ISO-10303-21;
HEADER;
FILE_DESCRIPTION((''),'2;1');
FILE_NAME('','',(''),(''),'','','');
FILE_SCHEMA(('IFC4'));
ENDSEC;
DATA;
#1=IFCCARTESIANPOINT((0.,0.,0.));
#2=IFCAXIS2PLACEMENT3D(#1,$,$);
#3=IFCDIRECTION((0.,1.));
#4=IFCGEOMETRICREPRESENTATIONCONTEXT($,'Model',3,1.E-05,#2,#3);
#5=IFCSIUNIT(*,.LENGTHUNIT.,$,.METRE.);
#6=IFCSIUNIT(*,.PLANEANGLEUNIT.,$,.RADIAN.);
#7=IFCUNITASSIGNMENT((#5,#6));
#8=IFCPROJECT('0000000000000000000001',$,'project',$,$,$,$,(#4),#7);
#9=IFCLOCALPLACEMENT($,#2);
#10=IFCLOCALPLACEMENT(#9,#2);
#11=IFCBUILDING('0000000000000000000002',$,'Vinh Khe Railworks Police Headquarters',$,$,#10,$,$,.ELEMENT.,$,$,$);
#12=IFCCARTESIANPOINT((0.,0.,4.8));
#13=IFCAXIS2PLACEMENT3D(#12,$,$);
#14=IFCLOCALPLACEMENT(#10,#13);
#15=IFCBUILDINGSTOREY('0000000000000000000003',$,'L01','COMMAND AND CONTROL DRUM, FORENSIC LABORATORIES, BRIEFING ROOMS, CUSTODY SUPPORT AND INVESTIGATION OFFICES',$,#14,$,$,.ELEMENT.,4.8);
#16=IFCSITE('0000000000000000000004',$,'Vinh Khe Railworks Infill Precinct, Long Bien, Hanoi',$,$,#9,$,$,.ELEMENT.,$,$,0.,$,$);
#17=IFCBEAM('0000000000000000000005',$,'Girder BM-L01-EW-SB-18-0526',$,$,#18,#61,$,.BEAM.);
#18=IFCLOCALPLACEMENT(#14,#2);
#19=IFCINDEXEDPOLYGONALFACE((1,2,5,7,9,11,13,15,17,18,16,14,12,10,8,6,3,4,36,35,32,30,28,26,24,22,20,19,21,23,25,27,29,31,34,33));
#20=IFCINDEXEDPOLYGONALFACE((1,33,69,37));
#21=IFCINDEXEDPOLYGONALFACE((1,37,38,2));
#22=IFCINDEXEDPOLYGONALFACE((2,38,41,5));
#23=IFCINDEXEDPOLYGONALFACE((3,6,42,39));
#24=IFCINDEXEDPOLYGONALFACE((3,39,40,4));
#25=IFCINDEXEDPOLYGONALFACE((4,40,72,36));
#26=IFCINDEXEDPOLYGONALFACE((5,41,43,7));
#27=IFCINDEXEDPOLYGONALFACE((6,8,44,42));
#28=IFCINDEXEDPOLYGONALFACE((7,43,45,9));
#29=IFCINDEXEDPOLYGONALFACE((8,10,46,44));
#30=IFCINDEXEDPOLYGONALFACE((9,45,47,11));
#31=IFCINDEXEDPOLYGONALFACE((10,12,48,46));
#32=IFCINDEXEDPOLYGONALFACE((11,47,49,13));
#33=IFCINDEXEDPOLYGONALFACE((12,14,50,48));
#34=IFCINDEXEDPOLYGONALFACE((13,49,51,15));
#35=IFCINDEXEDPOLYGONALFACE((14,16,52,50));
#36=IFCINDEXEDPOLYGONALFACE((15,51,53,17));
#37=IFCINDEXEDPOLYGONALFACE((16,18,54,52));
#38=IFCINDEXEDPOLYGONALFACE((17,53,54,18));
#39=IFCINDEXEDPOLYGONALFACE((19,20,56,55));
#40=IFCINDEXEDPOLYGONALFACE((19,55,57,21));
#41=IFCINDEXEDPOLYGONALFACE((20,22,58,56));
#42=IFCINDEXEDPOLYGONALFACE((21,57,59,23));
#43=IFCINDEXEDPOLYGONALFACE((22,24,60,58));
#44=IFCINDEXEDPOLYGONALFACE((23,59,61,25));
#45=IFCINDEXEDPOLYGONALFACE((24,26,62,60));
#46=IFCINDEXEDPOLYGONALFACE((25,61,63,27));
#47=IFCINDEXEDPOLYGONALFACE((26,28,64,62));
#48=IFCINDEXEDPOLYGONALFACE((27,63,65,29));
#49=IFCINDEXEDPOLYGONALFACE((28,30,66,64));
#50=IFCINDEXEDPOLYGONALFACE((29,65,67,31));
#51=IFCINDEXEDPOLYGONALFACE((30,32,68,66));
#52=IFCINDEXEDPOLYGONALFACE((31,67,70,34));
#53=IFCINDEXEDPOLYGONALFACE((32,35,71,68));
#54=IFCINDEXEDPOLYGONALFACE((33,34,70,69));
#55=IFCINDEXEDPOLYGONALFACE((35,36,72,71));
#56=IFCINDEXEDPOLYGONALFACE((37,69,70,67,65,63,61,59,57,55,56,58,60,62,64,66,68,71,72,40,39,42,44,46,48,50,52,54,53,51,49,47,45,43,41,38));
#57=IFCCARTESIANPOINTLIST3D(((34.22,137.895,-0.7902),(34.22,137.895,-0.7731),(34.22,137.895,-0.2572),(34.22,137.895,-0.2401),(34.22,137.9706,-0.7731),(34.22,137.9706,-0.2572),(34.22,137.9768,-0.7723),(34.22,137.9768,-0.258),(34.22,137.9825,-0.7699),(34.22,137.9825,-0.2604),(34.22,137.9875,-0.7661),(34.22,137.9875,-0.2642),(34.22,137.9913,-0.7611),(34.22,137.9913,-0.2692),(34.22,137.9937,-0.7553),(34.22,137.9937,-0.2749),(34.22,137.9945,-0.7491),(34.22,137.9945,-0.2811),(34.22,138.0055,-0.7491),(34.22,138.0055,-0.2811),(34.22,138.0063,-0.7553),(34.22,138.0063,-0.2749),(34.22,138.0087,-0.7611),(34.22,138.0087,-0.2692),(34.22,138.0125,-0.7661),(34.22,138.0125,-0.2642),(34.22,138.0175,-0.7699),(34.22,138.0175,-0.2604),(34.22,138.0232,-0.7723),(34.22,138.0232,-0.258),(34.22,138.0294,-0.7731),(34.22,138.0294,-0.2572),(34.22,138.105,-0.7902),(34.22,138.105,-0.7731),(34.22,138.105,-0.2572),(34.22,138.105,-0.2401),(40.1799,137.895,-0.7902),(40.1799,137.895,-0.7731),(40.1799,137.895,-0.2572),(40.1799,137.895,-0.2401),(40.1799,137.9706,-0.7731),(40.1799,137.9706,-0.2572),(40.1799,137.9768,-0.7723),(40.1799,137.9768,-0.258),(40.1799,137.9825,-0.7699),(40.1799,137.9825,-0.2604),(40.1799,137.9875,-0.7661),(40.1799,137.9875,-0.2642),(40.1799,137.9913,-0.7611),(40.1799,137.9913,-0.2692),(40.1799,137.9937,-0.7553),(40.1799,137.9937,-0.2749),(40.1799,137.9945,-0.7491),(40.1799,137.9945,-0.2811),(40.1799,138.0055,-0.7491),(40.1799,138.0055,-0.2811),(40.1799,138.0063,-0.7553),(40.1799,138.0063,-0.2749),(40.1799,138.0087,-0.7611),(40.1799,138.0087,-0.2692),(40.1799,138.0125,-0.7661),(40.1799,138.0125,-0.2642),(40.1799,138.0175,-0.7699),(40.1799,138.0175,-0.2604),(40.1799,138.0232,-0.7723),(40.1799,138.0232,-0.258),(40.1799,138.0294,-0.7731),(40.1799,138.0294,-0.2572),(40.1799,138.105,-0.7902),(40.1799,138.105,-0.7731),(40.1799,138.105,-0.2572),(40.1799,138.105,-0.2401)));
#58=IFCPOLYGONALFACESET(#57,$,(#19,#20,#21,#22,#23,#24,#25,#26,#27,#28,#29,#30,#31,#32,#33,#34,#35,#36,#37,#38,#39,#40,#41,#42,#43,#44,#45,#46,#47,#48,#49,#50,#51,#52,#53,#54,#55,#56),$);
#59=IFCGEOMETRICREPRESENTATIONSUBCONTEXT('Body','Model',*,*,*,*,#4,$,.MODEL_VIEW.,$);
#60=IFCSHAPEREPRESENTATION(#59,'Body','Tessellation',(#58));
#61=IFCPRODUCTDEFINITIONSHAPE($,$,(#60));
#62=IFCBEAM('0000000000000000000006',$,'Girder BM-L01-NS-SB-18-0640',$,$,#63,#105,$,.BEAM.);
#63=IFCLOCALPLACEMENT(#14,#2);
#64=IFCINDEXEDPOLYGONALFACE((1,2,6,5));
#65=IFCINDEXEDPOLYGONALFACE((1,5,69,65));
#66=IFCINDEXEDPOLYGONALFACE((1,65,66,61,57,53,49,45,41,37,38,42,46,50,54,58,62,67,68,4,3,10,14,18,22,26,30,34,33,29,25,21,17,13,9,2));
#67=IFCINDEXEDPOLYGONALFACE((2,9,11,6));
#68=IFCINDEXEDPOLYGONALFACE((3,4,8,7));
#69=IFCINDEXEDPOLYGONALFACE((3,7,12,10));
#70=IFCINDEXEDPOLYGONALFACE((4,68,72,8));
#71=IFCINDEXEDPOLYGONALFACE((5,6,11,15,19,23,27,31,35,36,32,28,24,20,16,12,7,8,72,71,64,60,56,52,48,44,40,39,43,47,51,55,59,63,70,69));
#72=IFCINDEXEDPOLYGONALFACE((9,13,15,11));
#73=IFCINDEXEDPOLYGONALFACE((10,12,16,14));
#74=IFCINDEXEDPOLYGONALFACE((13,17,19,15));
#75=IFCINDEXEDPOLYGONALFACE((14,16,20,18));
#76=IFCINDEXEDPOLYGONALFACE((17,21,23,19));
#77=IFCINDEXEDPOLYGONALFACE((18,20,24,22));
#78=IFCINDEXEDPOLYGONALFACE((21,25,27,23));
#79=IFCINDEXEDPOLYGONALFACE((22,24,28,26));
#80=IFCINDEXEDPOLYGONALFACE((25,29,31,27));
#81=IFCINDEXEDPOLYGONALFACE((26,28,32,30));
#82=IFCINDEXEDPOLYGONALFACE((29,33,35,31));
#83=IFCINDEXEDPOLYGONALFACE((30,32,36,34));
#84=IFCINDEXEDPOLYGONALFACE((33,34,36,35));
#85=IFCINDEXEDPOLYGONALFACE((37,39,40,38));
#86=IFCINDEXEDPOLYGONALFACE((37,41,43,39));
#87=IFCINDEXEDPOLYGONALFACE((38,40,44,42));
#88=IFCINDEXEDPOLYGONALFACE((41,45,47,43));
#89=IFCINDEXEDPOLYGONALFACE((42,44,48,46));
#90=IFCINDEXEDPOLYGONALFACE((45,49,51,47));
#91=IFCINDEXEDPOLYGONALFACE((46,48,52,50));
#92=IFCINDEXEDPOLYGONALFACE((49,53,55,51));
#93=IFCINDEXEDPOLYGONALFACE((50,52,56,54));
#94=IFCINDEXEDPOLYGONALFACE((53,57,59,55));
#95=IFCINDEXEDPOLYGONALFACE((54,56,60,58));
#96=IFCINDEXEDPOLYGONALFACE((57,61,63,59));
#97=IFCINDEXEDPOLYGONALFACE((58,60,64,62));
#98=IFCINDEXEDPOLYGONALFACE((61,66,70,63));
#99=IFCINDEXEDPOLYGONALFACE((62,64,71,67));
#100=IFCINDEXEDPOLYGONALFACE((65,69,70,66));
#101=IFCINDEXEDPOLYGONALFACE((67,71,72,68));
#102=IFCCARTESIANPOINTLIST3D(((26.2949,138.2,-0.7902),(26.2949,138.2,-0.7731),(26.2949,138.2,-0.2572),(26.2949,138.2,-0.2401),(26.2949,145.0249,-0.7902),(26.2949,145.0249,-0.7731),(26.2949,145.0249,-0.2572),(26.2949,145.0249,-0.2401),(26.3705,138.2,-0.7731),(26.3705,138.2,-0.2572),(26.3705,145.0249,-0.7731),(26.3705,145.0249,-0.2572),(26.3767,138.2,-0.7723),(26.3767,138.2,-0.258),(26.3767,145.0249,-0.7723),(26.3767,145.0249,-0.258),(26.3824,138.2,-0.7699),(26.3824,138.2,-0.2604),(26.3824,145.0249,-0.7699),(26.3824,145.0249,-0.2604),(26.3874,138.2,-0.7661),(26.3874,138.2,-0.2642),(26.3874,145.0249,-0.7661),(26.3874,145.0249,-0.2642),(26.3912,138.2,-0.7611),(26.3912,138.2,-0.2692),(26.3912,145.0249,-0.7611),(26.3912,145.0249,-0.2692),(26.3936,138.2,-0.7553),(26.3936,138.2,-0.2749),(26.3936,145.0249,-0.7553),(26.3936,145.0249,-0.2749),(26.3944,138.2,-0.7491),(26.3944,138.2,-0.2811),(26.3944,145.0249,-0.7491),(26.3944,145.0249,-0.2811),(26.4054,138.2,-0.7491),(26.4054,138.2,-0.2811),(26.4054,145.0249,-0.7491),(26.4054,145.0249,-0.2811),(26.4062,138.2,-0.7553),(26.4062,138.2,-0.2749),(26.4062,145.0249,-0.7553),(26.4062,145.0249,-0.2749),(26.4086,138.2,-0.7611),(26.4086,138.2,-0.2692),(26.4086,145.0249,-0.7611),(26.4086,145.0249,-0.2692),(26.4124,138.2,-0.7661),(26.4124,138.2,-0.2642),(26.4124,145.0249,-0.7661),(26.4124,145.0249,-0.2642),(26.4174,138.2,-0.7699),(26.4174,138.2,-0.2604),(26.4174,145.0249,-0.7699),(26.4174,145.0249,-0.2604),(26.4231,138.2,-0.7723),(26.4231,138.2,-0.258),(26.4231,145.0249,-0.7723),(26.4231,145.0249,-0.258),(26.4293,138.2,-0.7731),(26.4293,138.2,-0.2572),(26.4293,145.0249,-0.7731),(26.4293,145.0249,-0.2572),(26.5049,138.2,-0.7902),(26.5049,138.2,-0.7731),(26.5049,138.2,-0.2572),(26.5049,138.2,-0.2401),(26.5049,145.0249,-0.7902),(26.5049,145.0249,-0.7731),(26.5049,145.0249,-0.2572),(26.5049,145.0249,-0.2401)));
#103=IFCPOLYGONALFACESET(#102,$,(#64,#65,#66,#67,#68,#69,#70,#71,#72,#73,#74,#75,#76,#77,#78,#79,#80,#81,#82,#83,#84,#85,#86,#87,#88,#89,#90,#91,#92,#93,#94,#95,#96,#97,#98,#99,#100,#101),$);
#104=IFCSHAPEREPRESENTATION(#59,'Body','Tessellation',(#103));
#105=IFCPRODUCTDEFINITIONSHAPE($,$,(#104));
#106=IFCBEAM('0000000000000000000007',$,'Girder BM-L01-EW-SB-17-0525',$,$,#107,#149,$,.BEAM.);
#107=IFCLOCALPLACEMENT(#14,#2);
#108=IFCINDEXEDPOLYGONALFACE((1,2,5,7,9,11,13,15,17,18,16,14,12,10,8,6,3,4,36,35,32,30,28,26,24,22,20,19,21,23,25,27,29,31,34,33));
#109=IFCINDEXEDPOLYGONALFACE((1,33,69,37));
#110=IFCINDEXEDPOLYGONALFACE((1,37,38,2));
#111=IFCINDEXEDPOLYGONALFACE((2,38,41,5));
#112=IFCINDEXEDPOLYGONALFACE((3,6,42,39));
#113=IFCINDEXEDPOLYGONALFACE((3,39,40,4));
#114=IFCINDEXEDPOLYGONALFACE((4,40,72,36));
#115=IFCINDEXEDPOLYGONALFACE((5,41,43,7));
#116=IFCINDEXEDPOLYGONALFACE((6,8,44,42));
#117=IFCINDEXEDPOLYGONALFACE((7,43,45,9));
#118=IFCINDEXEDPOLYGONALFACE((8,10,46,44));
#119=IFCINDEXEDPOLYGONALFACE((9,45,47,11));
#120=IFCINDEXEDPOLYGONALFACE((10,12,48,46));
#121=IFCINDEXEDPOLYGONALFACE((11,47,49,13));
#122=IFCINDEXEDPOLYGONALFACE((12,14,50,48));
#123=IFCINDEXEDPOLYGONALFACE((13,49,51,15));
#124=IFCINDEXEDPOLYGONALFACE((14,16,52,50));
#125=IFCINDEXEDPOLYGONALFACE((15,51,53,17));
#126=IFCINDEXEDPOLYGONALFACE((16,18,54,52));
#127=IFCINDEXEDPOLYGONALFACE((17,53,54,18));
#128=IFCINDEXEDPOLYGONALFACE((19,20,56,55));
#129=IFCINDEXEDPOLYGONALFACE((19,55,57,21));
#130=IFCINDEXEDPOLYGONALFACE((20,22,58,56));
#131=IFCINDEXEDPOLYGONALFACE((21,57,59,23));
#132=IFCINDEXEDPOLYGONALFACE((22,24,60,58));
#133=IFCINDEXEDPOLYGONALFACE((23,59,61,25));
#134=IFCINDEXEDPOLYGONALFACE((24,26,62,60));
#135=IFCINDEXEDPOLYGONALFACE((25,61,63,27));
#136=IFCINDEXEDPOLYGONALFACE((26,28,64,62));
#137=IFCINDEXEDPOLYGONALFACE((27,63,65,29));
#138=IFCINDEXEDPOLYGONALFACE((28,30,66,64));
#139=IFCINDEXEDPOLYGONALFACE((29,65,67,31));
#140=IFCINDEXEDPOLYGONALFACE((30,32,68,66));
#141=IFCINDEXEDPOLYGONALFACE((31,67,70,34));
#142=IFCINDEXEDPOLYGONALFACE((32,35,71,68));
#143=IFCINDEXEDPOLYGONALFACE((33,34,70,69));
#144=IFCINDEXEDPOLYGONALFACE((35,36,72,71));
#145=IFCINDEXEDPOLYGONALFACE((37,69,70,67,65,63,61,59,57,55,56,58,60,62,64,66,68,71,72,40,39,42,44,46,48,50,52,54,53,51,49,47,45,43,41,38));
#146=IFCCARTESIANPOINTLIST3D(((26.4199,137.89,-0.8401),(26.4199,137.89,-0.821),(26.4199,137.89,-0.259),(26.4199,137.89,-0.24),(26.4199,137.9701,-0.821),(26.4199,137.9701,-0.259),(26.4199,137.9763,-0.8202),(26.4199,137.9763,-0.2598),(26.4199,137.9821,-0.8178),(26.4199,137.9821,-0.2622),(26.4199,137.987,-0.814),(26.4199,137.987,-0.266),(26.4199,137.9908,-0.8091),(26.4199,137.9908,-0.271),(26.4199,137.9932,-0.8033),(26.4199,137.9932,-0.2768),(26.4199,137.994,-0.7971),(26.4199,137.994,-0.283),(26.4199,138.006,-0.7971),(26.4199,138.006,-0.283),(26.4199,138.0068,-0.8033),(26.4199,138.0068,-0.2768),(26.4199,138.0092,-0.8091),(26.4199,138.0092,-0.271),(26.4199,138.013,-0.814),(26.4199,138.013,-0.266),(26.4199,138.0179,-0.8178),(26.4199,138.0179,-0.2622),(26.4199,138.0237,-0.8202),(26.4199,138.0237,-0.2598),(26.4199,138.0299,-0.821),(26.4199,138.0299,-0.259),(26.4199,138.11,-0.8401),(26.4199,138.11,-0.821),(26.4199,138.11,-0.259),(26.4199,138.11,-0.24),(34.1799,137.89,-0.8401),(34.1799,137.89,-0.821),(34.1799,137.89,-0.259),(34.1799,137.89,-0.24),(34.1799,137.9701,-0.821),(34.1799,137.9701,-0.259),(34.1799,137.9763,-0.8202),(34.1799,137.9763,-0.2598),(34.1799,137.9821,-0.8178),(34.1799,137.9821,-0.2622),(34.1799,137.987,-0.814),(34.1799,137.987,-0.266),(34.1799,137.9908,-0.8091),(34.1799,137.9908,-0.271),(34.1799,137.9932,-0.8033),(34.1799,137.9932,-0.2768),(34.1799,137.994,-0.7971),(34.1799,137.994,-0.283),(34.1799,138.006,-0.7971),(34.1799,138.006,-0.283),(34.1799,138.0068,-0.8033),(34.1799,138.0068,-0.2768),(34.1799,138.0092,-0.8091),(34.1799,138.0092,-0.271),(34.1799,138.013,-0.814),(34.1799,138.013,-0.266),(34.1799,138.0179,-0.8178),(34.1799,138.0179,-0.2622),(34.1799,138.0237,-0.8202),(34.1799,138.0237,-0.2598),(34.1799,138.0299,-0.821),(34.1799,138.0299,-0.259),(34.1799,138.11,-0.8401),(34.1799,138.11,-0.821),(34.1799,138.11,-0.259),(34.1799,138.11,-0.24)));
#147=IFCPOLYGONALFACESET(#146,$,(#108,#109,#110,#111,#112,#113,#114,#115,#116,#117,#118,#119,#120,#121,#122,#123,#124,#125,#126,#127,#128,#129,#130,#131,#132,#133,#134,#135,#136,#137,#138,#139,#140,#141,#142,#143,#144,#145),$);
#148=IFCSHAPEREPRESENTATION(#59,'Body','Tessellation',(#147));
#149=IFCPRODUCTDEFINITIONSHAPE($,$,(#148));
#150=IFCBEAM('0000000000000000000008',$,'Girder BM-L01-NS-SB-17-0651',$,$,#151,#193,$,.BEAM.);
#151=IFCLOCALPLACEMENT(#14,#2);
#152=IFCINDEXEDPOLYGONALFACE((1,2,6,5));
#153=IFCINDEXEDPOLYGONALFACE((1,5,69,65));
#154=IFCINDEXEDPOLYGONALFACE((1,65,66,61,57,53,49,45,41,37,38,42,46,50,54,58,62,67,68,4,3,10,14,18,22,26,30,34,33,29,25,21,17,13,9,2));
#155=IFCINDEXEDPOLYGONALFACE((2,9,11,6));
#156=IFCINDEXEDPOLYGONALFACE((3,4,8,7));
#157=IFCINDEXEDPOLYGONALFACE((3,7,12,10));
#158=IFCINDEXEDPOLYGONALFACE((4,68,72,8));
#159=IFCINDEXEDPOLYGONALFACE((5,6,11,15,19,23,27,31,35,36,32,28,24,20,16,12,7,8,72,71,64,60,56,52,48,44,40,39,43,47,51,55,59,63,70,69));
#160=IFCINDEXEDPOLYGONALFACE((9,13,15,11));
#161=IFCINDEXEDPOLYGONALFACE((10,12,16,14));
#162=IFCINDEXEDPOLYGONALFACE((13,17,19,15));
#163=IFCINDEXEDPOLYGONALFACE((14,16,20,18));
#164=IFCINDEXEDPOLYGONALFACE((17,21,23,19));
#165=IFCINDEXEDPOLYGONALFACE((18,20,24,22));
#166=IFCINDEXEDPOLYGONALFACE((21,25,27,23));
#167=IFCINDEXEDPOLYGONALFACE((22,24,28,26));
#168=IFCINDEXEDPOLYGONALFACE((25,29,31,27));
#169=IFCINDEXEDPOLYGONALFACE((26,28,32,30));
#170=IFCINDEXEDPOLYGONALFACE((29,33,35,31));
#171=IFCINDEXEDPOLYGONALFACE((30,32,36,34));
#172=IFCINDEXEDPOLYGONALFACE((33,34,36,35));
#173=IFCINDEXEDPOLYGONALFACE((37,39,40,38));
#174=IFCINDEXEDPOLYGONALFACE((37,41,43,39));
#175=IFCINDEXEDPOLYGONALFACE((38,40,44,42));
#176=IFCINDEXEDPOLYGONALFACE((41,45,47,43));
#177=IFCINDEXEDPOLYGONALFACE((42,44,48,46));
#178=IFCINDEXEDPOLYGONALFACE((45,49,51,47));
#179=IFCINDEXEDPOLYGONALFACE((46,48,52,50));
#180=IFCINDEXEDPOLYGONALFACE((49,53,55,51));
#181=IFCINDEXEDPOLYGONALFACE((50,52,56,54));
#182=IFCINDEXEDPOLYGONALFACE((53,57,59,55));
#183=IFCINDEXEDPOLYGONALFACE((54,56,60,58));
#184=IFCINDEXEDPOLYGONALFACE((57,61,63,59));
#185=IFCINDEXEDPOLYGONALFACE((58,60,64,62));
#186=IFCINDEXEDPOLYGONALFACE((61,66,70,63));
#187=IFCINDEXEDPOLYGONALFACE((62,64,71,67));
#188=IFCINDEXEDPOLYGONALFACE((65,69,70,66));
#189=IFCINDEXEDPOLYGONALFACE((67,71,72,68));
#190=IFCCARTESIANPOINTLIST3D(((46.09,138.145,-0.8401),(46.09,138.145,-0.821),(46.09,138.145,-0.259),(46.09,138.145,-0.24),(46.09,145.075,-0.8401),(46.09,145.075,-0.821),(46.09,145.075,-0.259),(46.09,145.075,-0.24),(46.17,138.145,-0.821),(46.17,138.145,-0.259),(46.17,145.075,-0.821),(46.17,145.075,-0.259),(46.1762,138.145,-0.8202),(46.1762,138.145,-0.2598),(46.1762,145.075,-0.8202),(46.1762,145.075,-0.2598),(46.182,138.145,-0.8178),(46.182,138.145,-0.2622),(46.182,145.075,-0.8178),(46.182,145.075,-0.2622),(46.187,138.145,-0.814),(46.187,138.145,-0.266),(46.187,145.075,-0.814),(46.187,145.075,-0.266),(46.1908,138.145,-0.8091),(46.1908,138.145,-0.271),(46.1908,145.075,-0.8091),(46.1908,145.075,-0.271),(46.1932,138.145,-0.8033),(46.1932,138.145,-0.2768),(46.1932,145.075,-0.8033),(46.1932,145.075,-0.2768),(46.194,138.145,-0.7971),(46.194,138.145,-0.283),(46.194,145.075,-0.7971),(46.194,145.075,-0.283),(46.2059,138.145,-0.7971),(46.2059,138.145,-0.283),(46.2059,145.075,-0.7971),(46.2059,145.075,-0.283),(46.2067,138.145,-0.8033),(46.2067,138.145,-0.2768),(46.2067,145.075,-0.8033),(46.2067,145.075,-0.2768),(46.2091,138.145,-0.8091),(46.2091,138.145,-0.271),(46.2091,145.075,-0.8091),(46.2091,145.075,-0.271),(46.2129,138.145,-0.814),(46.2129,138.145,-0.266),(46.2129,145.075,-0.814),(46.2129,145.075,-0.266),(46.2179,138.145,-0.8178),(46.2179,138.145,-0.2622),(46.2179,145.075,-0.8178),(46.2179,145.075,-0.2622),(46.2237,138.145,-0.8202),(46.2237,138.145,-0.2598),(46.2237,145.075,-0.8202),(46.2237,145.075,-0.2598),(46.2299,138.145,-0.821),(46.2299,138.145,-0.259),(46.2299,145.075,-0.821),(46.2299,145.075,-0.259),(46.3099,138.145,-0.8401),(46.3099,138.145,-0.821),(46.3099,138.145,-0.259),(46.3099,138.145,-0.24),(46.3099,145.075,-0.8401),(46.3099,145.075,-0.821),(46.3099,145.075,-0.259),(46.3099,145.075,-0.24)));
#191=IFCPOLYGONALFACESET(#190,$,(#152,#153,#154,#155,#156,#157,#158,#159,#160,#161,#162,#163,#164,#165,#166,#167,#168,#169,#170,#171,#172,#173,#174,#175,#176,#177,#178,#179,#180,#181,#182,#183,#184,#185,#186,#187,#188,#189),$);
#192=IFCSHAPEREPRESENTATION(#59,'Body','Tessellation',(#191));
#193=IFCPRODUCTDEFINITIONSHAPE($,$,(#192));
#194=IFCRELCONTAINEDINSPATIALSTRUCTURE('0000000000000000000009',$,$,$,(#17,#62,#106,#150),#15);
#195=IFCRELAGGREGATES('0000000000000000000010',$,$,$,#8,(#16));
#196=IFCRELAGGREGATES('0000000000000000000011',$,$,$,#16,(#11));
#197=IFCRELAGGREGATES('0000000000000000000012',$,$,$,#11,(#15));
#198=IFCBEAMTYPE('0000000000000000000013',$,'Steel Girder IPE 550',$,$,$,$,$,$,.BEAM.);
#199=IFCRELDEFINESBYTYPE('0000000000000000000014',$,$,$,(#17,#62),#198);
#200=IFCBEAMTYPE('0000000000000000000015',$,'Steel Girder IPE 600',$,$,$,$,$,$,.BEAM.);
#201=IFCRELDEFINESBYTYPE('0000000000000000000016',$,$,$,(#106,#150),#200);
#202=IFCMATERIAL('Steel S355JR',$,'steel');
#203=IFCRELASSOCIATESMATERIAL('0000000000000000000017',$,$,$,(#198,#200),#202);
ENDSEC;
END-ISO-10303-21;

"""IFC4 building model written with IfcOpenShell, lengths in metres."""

from ifc_helpers import new_model, si_unit, direction, frame, origin, origin_2d, place, context, subcontext, project, spatial, i_section, extrude, material, material_profile, profile_set, type_object, element, save


model = new_model("IFC4")

# Units and contexts
model_context = context("Model", 3, precision=1e-05, world=origin(), true_north=direction((0.0, 1.0)))
body_context = subcontext(model_context, "Body", "Model", "MODEL_VIEW")
ifc_project = project(units=[si_unit("LENGTHUNIT", "METRE"), si_unit("PLANEANGLEUNIT", "RADIAN")], contexts=[model_context])

# Site, building, storey
site_placement = place(None, origin())
site = spatial("IfcSite", under=ifc_project, at=site_placement, Name="Vinh Khe Railworks Infill Precinct, Long Bien, Hanoi", CompositionType="ELEMENT", RefElevation=0.0)
building_placement = place(site_placement, origin())
building = spatial("IfcBuilding", under=site, at=building_placement, Name="Vinh Khe Railworks Police Headquarters", CompositionType="ELEMENT")
storey_placement = place(building_placement, frame((0.0, 0.0, 4.8)))
storey = spatial("IfcBuildingStorey", under=building, at=storey_placement, Name="L01", Description="COMMAND AND CONTROL DRUM, FORENSIC LABORATORIES, BRIEFING ROOMS, CUSTODY SUPPORT AND INVESTIGATION OFFICES", CompositionType="ELEMENT", Elevation=4.8)

# Shared definitions
ifc_material_1 = material(Name="Steel S355JR", Category="steel")

# Beams
ifc_material_profile_1 = material_profile(ifc_material_1, i_section(OverallWidth=0.21, OverallDepth=0.55, WebThickness=0.011, FlangeThickness=0.0171, FilletRadius=0.0239, at=origin_2d()), Name="IPE 550")
ifc_profile_set_1 = profile_set([ifc_material_profile_1], Name="Steel S355JR")
beam_type_1 = type_object("IfcBeamType", Name="Steel Girder IPE 550", PredefinedType="BEAM", material=ifc_profile_set_1)
beam_1_placement = place(storey_placement, frame((34.22, 138.0, -0.5151), z_axis=(1.0, 0.0, 0.0), x_axis=(0.0, 1.0, 0.0)))
element("IfcBeam", 1, at=beam_1_placement, inside=storey, type_object=beam_type_1, Name="Girder BM-L01-EW-SB-18-0526", PredefinedType="BEAM", context=body_context, shape_type="SweptSolid", body=[
    extrude(i_section(OverallWidth=0.21, OverallDepth=0.55, WebThickness=0.011, FlangeThickness=0.0171, FilletRadius=0.0239, at=origin_2d()), origin(), (0.0, 0.0, 1.0), 5.96),
])
beam_2_placement = place(storey_placement, frame((26.3999, 138.2, -0.5151), z_axis=(0.0, 1.0, 0.0), x_axis=(-1.0, 0.0, 0.0)))
element("IfcBeam", 2, at=beam_2_placement, inside=storey, type_object=beam_type_1, Name="Girder BM-L01-NS-SB-18-0640", PredefinedType="BEAM", context=body_context, shape_type="SweptSolid", body=[
    extrude(i_section(OverallWidth=0.21, OverallDepth=0.55, WebThickness=0.011, FlangeThickness=0.0171, FilletRadius=0.0239, at=origin_2d()), origin(), (0.0, 0.0, 1.0), 6.825),
])
ifc_material_profile_2 = material_profile(ifc_material_1, i_section(OverallWidth=0.22, OverallDepth=0.6001, WebThickness=0.012, FlangeThickness=0.019, FilletRadius=0.0239, at=origin_2d()), Name="IPE 600")
ifc_profile_set_2 = profile_set([ifc_material_profile_2], Name="Steel S355JR")
beam_type_2 = type_object("IfcBeamType", Name="Steel Girder IPE 600", PredefinedType="BEAM", material=ifc_profile_set_2)
beam_3_placement = place(storey_placement, frame((26.4199, 138.0, -0.54), z_axis=(1.0, 0.0, 0.0), x_axis=(0.0, 1.0, 0.0)))
element("IfcBeam", 3, at=beam_3_placement, inside=storey, type_object=beam_type_2, Name="Girder BM-L01-EW-SB-17-0525", PredefinedType="BEAM", context=body_context, shape_type="SweptSolid", body=[
    extrude(i_section(OverallWidth=0.22, OverallDepth=0.6001, WebThickness=0.012, FlangeThickness=0.019, FilletRadius=0.0239, at=origin_2d()), origin(), (0.0, 0.0, 1.0), 7.76),
])
beam_4_placement = place(storey_placement, frame((46.2, 138.145, -0.54), z_axis=(0.0, 1.0, 0.0), x_axis=(-1.0, 0.0, 0.0)))
element("IfcBeam", 4, at=beam_4_placement, inside=storey, type_object=beam_type_2, Name="Girder BM-L01-NS-SB-17-0651", PredefinedType="BEAM", context=body_context, shape_type="SweptSolid", body=[
    extrude(i_section(OverallWidth=0.22, OverallDepth=0.6001, WebThickness=0.012, FlangeThickness=0.019, FilletRadius=0.0239, at=origin_2d()), origin(), (0.0, 0.0, 1.0), 6.9299),
])

save(model, "model.ifc")
